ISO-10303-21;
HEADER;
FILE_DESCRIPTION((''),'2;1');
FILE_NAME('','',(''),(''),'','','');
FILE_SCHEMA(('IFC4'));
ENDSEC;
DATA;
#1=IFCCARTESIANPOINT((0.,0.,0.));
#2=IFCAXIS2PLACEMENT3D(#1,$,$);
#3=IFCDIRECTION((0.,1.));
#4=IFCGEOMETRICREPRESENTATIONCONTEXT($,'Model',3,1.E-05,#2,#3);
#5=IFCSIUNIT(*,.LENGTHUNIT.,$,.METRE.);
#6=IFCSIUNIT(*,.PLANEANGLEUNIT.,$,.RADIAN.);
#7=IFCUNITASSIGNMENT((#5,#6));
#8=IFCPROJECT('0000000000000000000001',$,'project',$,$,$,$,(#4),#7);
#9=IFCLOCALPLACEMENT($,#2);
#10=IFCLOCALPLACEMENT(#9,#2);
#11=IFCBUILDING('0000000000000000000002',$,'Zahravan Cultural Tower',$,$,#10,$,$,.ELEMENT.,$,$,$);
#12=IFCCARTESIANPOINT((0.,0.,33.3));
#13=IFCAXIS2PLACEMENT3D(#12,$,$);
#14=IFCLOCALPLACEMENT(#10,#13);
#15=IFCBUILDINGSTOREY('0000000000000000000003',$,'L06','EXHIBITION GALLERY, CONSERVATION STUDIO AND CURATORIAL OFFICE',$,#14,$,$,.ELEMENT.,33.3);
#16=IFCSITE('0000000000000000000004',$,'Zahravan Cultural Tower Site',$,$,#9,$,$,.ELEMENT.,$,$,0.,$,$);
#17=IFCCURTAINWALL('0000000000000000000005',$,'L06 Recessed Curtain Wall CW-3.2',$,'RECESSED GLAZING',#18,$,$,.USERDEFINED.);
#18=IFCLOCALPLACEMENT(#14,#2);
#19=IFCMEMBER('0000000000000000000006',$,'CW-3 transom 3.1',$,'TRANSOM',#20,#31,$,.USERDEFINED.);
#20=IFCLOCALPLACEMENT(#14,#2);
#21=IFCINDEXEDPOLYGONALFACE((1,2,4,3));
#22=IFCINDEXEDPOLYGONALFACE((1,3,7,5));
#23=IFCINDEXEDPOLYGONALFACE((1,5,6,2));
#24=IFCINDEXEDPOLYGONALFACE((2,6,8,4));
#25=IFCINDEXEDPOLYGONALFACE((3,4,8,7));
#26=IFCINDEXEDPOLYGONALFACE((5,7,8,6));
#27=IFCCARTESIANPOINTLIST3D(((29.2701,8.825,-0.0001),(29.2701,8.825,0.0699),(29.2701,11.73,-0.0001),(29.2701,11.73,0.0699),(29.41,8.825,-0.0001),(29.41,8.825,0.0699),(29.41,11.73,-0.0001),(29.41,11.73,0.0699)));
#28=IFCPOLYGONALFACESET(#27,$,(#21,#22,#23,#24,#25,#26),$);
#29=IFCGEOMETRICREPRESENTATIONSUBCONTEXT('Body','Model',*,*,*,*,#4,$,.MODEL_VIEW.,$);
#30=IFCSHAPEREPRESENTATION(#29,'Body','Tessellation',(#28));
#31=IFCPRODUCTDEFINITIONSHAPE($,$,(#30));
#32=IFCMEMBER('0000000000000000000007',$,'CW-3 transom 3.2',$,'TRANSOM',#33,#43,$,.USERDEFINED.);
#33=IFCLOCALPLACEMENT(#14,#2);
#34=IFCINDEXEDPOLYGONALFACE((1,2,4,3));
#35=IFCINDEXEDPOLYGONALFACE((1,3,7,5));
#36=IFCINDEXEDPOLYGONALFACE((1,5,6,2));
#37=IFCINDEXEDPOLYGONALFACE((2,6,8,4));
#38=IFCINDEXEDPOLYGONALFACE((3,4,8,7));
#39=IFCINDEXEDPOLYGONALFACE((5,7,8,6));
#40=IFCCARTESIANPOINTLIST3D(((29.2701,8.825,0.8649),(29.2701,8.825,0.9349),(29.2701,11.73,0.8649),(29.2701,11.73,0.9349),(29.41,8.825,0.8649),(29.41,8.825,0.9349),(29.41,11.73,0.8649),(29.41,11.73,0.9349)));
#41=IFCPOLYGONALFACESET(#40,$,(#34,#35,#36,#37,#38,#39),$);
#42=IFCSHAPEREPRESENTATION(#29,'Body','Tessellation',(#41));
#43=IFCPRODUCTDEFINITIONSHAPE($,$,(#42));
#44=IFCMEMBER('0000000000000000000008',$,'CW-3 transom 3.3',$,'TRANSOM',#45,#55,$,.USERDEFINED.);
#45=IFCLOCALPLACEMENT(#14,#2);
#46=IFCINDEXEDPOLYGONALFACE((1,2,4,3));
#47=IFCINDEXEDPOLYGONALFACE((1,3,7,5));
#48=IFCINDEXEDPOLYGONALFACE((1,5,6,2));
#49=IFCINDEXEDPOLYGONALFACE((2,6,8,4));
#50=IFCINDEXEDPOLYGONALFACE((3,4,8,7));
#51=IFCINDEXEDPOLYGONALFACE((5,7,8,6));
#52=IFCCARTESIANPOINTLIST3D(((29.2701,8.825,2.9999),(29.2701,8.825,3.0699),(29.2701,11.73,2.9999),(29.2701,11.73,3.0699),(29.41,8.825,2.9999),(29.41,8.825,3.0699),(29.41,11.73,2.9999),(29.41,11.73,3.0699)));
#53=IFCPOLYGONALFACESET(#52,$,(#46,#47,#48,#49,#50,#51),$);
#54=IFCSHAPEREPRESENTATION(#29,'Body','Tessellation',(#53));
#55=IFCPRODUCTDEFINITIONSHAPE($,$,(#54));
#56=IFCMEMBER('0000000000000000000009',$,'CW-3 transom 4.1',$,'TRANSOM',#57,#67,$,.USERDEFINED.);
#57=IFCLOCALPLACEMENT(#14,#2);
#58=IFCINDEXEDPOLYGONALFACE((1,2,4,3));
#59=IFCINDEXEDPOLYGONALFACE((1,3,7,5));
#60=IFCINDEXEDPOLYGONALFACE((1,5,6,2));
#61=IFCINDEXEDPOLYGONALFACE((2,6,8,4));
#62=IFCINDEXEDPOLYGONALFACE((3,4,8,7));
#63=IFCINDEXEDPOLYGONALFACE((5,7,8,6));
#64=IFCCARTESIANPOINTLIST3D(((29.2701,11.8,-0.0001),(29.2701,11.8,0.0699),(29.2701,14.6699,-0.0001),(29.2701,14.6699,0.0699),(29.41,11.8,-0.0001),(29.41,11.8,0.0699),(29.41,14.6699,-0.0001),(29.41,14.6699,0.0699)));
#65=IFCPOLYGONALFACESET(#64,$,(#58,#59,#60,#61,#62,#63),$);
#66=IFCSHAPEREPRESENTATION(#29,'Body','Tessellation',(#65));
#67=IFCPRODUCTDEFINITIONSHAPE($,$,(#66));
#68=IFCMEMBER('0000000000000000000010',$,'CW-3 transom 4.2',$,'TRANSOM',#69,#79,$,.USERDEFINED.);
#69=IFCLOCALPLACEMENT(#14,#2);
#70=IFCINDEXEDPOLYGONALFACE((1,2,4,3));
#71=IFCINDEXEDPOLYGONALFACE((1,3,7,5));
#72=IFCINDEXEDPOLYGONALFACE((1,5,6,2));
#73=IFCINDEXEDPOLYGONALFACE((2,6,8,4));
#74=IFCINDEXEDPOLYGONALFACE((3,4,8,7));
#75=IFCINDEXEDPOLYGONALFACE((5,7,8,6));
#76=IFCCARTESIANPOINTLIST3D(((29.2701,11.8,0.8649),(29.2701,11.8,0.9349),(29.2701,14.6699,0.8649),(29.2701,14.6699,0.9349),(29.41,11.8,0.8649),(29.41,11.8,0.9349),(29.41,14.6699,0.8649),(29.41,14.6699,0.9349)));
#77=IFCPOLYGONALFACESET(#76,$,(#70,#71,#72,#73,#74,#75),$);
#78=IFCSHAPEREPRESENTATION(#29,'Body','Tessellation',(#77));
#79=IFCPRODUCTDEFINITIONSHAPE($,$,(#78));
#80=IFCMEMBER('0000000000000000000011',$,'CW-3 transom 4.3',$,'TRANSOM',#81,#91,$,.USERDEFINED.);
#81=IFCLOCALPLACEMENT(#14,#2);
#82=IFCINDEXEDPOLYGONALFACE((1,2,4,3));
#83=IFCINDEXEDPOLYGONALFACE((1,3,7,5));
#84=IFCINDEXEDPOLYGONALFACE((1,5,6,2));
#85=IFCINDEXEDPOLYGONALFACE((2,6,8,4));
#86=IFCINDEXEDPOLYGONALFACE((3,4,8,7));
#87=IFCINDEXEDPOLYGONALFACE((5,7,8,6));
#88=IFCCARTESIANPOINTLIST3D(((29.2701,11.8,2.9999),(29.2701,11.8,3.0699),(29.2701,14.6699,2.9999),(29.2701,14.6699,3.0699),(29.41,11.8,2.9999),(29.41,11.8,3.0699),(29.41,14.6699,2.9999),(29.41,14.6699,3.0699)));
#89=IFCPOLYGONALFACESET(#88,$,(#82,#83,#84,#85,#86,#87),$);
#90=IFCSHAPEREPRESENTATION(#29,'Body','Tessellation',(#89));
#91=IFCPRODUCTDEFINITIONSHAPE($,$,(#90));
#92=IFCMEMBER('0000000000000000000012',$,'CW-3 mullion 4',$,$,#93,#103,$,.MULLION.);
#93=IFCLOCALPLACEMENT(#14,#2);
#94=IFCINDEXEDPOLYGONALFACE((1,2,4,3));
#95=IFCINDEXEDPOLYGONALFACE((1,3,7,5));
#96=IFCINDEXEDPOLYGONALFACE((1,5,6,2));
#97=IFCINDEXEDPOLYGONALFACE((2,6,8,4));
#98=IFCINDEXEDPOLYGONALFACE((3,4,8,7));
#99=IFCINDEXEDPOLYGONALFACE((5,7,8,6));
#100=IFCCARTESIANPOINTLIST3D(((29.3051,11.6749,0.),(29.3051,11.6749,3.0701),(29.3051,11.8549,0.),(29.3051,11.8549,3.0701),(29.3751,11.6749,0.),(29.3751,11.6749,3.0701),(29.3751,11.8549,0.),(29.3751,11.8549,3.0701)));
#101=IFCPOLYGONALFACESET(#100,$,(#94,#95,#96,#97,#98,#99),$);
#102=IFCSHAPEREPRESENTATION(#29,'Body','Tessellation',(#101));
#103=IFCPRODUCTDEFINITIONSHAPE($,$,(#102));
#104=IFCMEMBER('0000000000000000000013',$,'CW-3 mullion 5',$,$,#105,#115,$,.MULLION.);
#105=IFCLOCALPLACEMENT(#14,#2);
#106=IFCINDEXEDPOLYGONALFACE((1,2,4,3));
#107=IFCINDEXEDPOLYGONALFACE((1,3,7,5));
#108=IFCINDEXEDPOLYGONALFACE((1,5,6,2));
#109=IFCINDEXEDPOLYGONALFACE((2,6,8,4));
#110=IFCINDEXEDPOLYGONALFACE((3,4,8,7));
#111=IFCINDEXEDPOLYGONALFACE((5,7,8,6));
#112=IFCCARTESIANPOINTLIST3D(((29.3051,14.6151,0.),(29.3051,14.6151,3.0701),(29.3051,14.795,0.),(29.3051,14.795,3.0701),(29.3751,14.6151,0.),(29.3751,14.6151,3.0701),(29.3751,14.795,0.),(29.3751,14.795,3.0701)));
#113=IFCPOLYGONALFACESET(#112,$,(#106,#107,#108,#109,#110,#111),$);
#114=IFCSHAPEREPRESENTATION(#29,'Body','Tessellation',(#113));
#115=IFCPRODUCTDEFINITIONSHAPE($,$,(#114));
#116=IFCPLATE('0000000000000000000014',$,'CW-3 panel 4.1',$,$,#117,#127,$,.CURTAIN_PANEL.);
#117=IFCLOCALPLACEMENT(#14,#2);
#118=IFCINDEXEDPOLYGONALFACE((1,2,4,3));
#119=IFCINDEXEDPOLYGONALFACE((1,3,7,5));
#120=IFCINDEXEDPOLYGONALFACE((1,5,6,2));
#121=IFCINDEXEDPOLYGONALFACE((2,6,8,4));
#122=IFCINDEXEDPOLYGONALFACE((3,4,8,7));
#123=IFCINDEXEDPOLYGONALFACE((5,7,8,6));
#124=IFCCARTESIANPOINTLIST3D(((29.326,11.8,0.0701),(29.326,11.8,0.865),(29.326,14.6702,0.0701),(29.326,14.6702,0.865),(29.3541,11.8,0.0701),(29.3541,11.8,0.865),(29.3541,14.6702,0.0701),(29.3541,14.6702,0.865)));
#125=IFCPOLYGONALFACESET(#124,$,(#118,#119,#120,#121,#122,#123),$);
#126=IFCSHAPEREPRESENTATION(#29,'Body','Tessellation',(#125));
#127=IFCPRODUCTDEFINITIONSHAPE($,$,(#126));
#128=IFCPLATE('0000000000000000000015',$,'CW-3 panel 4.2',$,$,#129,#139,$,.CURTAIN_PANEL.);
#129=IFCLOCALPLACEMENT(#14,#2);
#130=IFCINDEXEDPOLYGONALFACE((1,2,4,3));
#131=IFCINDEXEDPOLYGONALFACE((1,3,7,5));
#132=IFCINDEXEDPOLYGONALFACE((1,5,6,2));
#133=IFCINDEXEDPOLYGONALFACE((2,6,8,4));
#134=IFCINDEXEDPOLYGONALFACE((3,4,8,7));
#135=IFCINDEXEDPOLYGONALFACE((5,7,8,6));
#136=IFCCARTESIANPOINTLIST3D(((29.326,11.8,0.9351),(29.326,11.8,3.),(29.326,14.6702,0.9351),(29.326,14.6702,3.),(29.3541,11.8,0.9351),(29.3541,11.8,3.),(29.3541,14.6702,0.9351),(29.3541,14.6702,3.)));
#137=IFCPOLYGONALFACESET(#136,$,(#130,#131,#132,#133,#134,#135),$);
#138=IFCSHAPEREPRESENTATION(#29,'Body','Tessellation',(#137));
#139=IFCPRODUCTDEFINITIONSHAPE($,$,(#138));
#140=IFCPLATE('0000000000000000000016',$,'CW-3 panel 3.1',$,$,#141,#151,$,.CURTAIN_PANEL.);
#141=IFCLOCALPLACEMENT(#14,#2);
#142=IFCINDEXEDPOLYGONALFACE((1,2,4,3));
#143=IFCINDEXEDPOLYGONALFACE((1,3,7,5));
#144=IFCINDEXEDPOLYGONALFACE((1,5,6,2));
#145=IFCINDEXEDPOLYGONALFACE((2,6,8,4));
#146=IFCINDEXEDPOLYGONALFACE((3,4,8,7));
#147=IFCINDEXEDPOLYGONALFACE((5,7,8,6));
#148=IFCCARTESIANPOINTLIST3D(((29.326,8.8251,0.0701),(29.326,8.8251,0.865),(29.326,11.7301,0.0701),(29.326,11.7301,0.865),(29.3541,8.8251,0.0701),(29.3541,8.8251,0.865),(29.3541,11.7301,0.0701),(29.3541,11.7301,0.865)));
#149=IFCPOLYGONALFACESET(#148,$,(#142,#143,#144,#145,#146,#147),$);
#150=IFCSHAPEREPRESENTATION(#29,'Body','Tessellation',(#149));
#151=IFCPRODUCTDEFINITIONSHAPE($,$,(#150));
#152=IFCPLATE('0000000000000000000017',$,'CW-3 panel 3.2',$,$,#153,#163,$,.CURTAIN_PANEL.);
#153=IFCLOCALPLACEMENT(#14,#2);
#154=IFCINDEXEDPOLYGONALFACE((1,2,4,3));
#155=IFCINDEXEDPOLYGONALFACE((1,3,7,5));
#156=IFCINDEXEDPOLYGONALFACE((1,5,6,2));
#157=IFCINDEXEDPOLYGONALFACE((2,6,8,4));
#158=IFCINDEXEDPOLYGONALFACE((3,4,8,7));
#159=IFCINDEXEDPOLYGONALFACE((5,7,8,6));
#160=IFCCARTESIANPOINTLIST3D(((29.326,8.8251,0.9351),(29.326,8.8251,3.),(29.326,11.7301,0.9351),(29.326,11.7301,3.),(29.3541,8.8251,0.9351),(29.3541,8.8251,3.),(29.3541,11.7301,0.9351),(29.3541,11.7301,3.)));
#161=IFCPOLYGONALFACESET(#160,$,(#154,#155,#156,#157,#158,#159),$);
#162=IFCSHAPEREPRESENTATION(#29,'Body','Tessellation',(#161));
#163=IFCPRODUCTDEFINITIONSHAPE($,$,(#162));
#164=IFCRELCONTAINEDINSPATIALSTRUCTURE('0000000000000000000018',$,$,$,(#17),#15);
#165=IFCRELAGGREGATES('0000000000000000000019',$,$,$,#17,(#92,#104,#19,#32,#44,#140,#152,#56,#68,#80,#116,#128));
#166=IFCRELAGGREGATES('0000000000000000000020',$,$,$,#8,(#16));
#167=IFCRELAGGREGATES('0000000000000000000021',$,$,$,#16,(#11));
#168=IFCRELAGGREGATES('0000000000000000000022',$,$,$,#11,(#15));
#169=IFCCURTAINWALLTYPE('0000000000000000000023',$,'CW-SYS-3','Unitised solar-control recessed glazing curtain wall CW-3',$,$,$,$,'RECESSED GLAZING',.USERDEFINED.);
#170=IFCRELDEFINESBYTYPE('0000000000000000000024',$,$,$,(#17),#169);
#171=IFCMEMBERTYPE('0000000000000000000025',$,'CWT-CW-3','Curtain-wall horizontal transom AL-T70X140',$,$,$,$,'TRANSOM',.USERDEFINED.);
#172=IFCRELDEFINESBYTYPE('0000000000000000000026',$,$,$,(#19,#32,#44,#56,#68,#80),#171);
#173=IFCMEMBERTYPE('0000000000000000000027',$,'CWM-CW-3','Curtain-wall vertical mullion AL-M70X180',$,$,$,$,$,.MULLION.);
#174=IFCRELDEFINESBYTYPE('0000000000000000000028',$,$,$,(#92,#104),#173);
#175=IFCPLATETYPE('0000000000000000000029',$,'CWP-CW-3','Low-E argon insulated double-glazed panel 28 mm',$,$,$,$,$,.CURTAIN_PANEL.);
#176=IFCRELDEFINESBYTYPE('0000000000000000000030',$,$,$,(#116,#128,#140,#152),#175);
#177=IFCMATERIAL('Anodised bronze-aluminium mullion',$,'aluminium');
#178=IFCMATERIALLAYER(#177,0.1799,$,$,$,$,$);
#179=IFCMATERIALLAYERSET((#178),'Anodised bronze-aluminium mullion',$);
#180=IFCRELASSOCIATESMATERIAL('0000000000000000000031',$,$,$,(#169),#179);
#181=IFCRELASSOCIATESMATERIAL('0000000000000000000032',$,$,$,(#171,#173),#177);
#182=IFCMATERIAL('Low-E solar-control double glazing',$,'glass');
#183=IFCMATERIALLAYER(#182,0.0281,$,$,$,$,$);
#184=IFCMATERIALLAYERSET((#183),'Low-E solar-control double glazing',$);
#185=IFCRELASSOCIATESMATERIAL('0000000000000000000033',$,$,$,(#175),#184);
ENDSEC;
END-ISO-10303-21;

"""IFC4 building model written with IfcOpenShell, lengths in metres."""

from ifc_helpers import new_model, si_unit, direction, frame, origin, origin_2d, place, context, subcontext, project, spatial, rectangle, extrude, source, transform, mapped, material, layer, layer_set, material_profile, profile_set, type_object, element, aggregate, save


model = new_model("IFC4")

# Units and contexts
model_context = context("Model", 3, precision=1e-05, world=origin(), true_north=direction((0.0, 1.0)))
body_context = subcontext(model_context, "Body", "Model", "MODEL_VIEW")
ifc_project = project(units=[si_unit("LENGTHUNIT", "METRE"), si_unit("PLANEANGLEUNIT", "RADIAN")], contexts=[model_context])

# Site, building, storey
site_placement = place(None, origin())
site = spatial("IfcSite", under=ifc_project, at=site_placement, Name="Zahravan Cultural Tower Site", CompositionType="ELEMENT", RefElevation=0.0)
building_placement = place(site_placement, origin())
building = spatial("IfcBuilding", under=site, at=building_placement, Name="Zahravan Cultural Tower", CompositionType="ELEMENT")
storey_placement = place(building_placement, frame((0.0, 0.0, 33.3)))
storey = spatial("IfcBuildingStorey", under=building, at=storey_placement, Name="L06", Description="EXHIBITION GALLERY, CONSERVATION STUDIO AND CURATORIAL OFFICE", CompositionType="ELEMENT", Elevation=33.3)

# Curtain wall, members, plates
ifc_material_1 = material(Name="Anodised bronze-aluminium mullion", Category="aluminium")
ifc_layer_1 = layer(ifc_material_1, 0.1799)
ifc_layer_set_1 = layer_set([ifc_layer_1], Name="Anodised bronze-aluminium mullion")
curtain_wall_type = type_object("IfcCurtainWallType", Name="CW-SYS-3", Description="Unitised solar-control recessed glazing curtain wall CW-3", ElementType="RECESSED GLAZING", PredefinedType="USERDEFINED", material=ifc_layer_set_1)
curtain_wall_placement = place(storey_placement, origin())
curtain_wall = element("IfcCurtainWall", 1, at=curtain_wall_placement, inside=storey, type_object=curtain_wall_type, Name="L06 Recessed Curtain Wall CW-3.2", ObjectType="RECESSED GLAZING", PredefinedType="USERDEFINED")
ifc_material_profile_1 = material_profile(ifc_material_1, rectangle(XDim=0.1399, YDim=0.0701, at=origin_2d()), Name="AL-T70X140")
ifc_profile_set_1 = profile_set([ifc_material_profile_1], Name="Anodised bronze-aluminium mullion")
member_type_1 = type_object("IfcMemberType", Name="CWT-CW-3", Description="Curtain-wall horizontal transom AL-T70X140", ElementType="TRANSOM", PredefinedType="USERDEFINED", material=ifc_profile_set_1)
shared_shape_1 = source(origin(), body_context, "Body", "SweptSolid", [
    extrude(rectangle(XDim=0.1399, YDim=0.0701, at=origin_2d()), origin(), (0.0, 0.0, 1.0), 2.905),
])
member_1_placement = place(storey_placement, frame((29.3401, 8.825, 0.0349), z_axis=(0.0, 1.0, 0.0), x_axis=(-1.0, 0.0, 0.0)))
member_1 = element("IfcMember", 2, at=member_1_placement, type_object=member_type_1, Name="CW-3 transom 3.1", ObjectType="TRANSOM", PredefinedType="USERDEFINED", context=body_context, shape_type="MappedRepresentation", body=[
    mapped(shared_shape_1, transform((0.0, 0.0, 0.0), x_axis=(1.0, 0.0, 0.0), y_axis=(0.0, 1.0, 0.0), z_axis=(0.0, 0.0, 1.0), scale=1.0)),
])
member_2_placement = place(storey_placement, frame((29.3401, 8.825, 0.8999), z_axis=(0.0, 1.0, 0.0), x_axis=(-1.0, 0.0, 0.0)))
member_2 = element("IfcMember", 3, at=member_2_placement, type_object=member_type_1, Name="CW-3 transom 3.2", ObjectType="TRANSOM", PredefinedType="USERDEFINED", context=body_context, shape_type="MappedRepresentation", body=[
    mapped(shared_shape_1, transform((0.0, 0.0, 0.0), x_axis=(1.0, 0.0, 0.0), y_axis=(0.0, 1.0, 0.0), z_axis=(0.0, 0.0, 1.0), scale=1.0)),
])
member_3_placement = place(storey_placement, frame((29.3401, 8.825, 3.0349), z_axis=(0.0, 1.0, 0.0), x_axis=(-1.0, 0.0, 0.0)))
member_3 = element("IfcMember", 4, at=member_3_placement, type_object=member_type_1, Name="CW-3 transom 3.3", ObjectType="TRANSOM", PredefinedType="USERDEFINED", context=body_context, shape_type="MappedRepresentation", body=[
    mapped(shared_shape_1, transform((0.0, 0.0, 0.0), x_axis=(1.0, 0.0, 0.0), y_axis=(0.0, 1.0, 0.0), z_axis=(0.0, 0.0, 1.0), scale=1.0)),
])
shared_shape_2 = source(origin(), body_context, "Body", "SweptSolid", [
    extrude(rectangle(XDim=0.1399, YDim=0.0701, at=origin_2d()), origin(), (0.0, 0.0, 1.0), 2.8699),
])
member_4_placement = place(storey_placement, frame((29.3401, 11.8, 0.0349), z_axis=(0.0, 1.0, 0.0), x_axis=(-1.0, 0.0, 0.0)))
member_4 = element("IfcMember", 5, at=member_4_placement, type_object=member_type_1, Name="CW-3 transom 4.1", ObjectType="TRANSOM", PredefinedType="USERDEFINED", context=body_context, shape_type="MappedRepresentation", body=[
    mapped(shared_shape_2, transform((0.0, 0.0, 0.0), x_axis=(1.0, 0.0, 0.0), y_axis=(0.0, 1.0, 0.0), z_axis=(0.0, 0.0, 1.0), scale=1.0)),
])
member_5_placement = place(storey_placement, frame((29.3401, 11.8, 0.8999), z_axis=(0.0, 1.0, 0.0), x_axis=(-1.0, 0.0, 0.0)))
member_5 = element("IfcMember", 6, at=member_5_placement, type_object=member_type_1, Name="CW-3 transom 4.2", ObjectType="TRANSOM", PredefinedType="USERDEFINED", context=body_context, shape_type="MappedRepresentation", body=[
    mapped(shared_shape_2, transform((0.0, 0.0, 0.0), x_axis=(1.0, 0.0, 0.0), y_axis=(0.0, 1.0, 0.0), z_axis=(0.0, 0.0, 1.0), scale=1.0)),
])
member_6_placement = place(storey_placement, frame((29.3401, 11.8, 3.0349), z_axis=(0.0, 1.0, 0.0), x_axis=(-1.0, 0.0, 0.0)))
member_6 = element("IfcMember", 7, at=member_6_placement, type_object=member_type_1, Name="CW-3 transom 4.3", ObjectType="TRANSOM", PredefinedType="USERDEFINED", context=body_context, shape_type="MappedRepresentation", body=[
    mapped(shared_shape_2, transform((0.0, 0.0, 0.0), x_axis=(1.0, 0.0, 0.0), y_axis=(0.0, 1.0, 0.0), z_axis=(0.0, 0.0, 1.0), scale=1.0)),
])
ifc_material_profile_2 = material_profile(ifc_material_1, rectangle(XDim=0.0701, YDim=0.1799, at=origin_2d()), Name="AL-M70X180")
ifc_profile_set_2 = profile_set([ifc_material_profile_2], Name="Anodised bronze-aluminium mullion")
member_type_2 = type_object("IfcMemberType", Name="CWM-CW-3", Description="Curtain-wall vertical mullion AL-M70X180", PredefinedType="MULLION", material=ifc_profile_set_2)
shared_shape_3 = source(origin(), body_context, "Body", "SweptSolid", [
    extrude(rectangle(XDim=0.0701, YDim=0.1799, at=origin_2d()), origin(), (0.0, 0.0, 1.0), 3.0701),
])
member_7_placement = place(storey_placement, frame((29.3401, 11.7649, 0.0), z_axis=(0.0, 0.0, 1.0), x_axis=(-1.0, 0.0, 0.0)))
member_7 = element("IfcMember", 8, at=member_7_placement, type_object=member_type_2, Name="CW-3 mullion 4", PredefinedType="MULLION", context=body_context, shape_type="MappedRepresentation", body=[
    mapped(shared_shape_3, transform((0.0, 0.0, 0.0), x_axis=(1.0, 0.0, 0.0), y_axis=(0.0, 1.0, 0.0), z_axis=(0.0, 0.0, 1.0), scale=1.0)),
])
member_8_placement = place(storey_placement, frame((29.3401, 14.7051, 0.0), z_axis=(0.0, 0.0, 1.0), x_axis=(-1.0, 0.0, 0.0)))
member_8 = element("IfcMember", 9, at=member_8_placement, type_object=member_type_2, Name="CW-3 mullion 5", PredefinedType="MULLION", context=body_context, shape_type="MappedRepresentation", body=[
    mapped(shared_shape_3, transform((0.0, 0.0, 0.0), x_axis=(1.0, 0.0, 0.0), y_axis=(0.0, 1.0, 0.0), z_axis=(0.0, 0.0, 1.0), scale=1.0)),
])
ifc_material_2 = material(Name="Low-E solar-control double glazing", Category="glass")
ifc_layer_2 = layer(ifc_material_2, 0.0281)
ifc_layer_set_2 = layer_set([ifc_layer_2], Name="Low-E solar-control double glazing")
plate_type = type_object("IfcPlateType", Name="CWP-CW-3", Description="Low-E argon insulated double-glazed panel 28 mm", PredefinedType="CURTAIN_PANEL", material=ifc_layer_set_2)
shared_shape_4 = source(origin(), body_context, "Body", "SweptSolid", [
    extrude(rectangle(XDim=2.8701, YDim=0.0281, at=origin_2d()), origin(), (0.0, 0.0, 1.0), 0.7949),
])
plate_1_placement = place(storey_placement, frame((29.3401, 13.2351, 0.0701), z_axis=(0.0, 0.0, 1.0), x_axis=(0.0, 1.0, 0.0)))
plate_1 = element("IfcPlate", 10, at=plate_1_placement, type_object=plate_type, Name="CW-3 panel 4.1", PredefinedType="CURTAIN_PANEL", context=body_context, shape_type="MappedRepresentation", body=[
    mapped(shared_shape_4, transform((0.0, 0.0, 0.0), x_axis=(1.0, 0.0, 0.0), y_axis=(0.0, 1.0, 0.0), z_axis=(0.0, 0.0, 1.0), scale=1.0)),
])
shared_shape_5 = source(origin(), body_context, "Body", "SweptSolid", [
    extrude(rectangle(XDim=2.8701, YDim=0.0281, at=origin_2d()), origin(), (0.0, 0.0, 1.0), 2.0649),
])
plate_2_placement = place(storey_placement, frame((29.3401, 13.2351, 0.9351), z_axis=(0.0, 0.0, 1.0), x_axis=(0.0, 1.0, 0.0)))
plate_2 = element("IfcPlate", 11, at=plate_2_placement, type_object=plate_type, Name="CW-3 panel 4.2", PredefinedType="CURTAIN_PANEL", context=body_context, shape_type="MappedRepresentation", body=[
    mapped(shared_shape_5, transform((0.0, 0.0, 0.0), x_axis=(1.0, 0.0, 0.0), y_axis=(0.0, 1.0, 0.0), z_axis=(0.0, 0.0, 1.0), scale=1.0)),
])
shared_shape_6 = source(origin(), body_context, "Body", "SweptSolid", [
    extrude(rectangle(XDim=2.905, YDim=0.0281, at=origin_2d()), origin(), (0.0, 0.0, 1.0), 0.7949),
])
plate_3_placement = place(storey_placement, frame((29.3401, 10.2776, 0.0701), z_axis=(0.0, 0.0, 1.0), x_axis=(0.0, 1.0, 0.0)))
plate_3 = element("IfcPlate", 12, at=plate_3_placement, type_object=plate_type, Name="CW-3 panel 3.1", PredefinedType="CURTAIN_PANEL", context=body_context, shape_type="MappedRepresentation", body=[
    mapped(shared_shape_6, transform((0.0, 0.0, 0.0), x_axis=(1.0, 0.0, 0.0), y_axis=(0.0, 1.0, 0.0), z_axis=(0.0, 0.0, 1.0), scale=1.0)),
])
shared_shape_7 = source(origin(), body_context, "Body", "SweptSolid", [
    extrude(rectangle(XDim=2.905, YDim=0.0281, at=origin_2d()), origin(), (0.0, 0.0, 1.0), 2.0649),
])
plate_4_placement = place(storey_placement, frame((29.3401, 10.2776, 0.9351), z_axis=(0.0, 0.0, 1.0), x_axis=(0.0, 1.0, 0.0)))
plate_4 = element("IfcPlate", 13, at=plate_4_placement, type_object=plate_type, Name="CW-3 panel 3.2", PredefinedType="CURTAIN_PANEL", context=body_context, shape_type="MappedRepresentation", body=[
    mapped(shared_shape_7, transform((0.0, 0.0, 0.0), x_axis=(1.0, 0.0, 0.0), y_axis=(0.0, 1.0, 0.0), z_axis=(0.0, 0.0, 1.0), scale=1.0)),
])
aggregate(curtain_wall, [member_7, member_8, member_1, member_2, member_3, plate_3, plate_4, member_4, member_5, member_6, plate_1, plate_2])

save(model, "model.ifc")
